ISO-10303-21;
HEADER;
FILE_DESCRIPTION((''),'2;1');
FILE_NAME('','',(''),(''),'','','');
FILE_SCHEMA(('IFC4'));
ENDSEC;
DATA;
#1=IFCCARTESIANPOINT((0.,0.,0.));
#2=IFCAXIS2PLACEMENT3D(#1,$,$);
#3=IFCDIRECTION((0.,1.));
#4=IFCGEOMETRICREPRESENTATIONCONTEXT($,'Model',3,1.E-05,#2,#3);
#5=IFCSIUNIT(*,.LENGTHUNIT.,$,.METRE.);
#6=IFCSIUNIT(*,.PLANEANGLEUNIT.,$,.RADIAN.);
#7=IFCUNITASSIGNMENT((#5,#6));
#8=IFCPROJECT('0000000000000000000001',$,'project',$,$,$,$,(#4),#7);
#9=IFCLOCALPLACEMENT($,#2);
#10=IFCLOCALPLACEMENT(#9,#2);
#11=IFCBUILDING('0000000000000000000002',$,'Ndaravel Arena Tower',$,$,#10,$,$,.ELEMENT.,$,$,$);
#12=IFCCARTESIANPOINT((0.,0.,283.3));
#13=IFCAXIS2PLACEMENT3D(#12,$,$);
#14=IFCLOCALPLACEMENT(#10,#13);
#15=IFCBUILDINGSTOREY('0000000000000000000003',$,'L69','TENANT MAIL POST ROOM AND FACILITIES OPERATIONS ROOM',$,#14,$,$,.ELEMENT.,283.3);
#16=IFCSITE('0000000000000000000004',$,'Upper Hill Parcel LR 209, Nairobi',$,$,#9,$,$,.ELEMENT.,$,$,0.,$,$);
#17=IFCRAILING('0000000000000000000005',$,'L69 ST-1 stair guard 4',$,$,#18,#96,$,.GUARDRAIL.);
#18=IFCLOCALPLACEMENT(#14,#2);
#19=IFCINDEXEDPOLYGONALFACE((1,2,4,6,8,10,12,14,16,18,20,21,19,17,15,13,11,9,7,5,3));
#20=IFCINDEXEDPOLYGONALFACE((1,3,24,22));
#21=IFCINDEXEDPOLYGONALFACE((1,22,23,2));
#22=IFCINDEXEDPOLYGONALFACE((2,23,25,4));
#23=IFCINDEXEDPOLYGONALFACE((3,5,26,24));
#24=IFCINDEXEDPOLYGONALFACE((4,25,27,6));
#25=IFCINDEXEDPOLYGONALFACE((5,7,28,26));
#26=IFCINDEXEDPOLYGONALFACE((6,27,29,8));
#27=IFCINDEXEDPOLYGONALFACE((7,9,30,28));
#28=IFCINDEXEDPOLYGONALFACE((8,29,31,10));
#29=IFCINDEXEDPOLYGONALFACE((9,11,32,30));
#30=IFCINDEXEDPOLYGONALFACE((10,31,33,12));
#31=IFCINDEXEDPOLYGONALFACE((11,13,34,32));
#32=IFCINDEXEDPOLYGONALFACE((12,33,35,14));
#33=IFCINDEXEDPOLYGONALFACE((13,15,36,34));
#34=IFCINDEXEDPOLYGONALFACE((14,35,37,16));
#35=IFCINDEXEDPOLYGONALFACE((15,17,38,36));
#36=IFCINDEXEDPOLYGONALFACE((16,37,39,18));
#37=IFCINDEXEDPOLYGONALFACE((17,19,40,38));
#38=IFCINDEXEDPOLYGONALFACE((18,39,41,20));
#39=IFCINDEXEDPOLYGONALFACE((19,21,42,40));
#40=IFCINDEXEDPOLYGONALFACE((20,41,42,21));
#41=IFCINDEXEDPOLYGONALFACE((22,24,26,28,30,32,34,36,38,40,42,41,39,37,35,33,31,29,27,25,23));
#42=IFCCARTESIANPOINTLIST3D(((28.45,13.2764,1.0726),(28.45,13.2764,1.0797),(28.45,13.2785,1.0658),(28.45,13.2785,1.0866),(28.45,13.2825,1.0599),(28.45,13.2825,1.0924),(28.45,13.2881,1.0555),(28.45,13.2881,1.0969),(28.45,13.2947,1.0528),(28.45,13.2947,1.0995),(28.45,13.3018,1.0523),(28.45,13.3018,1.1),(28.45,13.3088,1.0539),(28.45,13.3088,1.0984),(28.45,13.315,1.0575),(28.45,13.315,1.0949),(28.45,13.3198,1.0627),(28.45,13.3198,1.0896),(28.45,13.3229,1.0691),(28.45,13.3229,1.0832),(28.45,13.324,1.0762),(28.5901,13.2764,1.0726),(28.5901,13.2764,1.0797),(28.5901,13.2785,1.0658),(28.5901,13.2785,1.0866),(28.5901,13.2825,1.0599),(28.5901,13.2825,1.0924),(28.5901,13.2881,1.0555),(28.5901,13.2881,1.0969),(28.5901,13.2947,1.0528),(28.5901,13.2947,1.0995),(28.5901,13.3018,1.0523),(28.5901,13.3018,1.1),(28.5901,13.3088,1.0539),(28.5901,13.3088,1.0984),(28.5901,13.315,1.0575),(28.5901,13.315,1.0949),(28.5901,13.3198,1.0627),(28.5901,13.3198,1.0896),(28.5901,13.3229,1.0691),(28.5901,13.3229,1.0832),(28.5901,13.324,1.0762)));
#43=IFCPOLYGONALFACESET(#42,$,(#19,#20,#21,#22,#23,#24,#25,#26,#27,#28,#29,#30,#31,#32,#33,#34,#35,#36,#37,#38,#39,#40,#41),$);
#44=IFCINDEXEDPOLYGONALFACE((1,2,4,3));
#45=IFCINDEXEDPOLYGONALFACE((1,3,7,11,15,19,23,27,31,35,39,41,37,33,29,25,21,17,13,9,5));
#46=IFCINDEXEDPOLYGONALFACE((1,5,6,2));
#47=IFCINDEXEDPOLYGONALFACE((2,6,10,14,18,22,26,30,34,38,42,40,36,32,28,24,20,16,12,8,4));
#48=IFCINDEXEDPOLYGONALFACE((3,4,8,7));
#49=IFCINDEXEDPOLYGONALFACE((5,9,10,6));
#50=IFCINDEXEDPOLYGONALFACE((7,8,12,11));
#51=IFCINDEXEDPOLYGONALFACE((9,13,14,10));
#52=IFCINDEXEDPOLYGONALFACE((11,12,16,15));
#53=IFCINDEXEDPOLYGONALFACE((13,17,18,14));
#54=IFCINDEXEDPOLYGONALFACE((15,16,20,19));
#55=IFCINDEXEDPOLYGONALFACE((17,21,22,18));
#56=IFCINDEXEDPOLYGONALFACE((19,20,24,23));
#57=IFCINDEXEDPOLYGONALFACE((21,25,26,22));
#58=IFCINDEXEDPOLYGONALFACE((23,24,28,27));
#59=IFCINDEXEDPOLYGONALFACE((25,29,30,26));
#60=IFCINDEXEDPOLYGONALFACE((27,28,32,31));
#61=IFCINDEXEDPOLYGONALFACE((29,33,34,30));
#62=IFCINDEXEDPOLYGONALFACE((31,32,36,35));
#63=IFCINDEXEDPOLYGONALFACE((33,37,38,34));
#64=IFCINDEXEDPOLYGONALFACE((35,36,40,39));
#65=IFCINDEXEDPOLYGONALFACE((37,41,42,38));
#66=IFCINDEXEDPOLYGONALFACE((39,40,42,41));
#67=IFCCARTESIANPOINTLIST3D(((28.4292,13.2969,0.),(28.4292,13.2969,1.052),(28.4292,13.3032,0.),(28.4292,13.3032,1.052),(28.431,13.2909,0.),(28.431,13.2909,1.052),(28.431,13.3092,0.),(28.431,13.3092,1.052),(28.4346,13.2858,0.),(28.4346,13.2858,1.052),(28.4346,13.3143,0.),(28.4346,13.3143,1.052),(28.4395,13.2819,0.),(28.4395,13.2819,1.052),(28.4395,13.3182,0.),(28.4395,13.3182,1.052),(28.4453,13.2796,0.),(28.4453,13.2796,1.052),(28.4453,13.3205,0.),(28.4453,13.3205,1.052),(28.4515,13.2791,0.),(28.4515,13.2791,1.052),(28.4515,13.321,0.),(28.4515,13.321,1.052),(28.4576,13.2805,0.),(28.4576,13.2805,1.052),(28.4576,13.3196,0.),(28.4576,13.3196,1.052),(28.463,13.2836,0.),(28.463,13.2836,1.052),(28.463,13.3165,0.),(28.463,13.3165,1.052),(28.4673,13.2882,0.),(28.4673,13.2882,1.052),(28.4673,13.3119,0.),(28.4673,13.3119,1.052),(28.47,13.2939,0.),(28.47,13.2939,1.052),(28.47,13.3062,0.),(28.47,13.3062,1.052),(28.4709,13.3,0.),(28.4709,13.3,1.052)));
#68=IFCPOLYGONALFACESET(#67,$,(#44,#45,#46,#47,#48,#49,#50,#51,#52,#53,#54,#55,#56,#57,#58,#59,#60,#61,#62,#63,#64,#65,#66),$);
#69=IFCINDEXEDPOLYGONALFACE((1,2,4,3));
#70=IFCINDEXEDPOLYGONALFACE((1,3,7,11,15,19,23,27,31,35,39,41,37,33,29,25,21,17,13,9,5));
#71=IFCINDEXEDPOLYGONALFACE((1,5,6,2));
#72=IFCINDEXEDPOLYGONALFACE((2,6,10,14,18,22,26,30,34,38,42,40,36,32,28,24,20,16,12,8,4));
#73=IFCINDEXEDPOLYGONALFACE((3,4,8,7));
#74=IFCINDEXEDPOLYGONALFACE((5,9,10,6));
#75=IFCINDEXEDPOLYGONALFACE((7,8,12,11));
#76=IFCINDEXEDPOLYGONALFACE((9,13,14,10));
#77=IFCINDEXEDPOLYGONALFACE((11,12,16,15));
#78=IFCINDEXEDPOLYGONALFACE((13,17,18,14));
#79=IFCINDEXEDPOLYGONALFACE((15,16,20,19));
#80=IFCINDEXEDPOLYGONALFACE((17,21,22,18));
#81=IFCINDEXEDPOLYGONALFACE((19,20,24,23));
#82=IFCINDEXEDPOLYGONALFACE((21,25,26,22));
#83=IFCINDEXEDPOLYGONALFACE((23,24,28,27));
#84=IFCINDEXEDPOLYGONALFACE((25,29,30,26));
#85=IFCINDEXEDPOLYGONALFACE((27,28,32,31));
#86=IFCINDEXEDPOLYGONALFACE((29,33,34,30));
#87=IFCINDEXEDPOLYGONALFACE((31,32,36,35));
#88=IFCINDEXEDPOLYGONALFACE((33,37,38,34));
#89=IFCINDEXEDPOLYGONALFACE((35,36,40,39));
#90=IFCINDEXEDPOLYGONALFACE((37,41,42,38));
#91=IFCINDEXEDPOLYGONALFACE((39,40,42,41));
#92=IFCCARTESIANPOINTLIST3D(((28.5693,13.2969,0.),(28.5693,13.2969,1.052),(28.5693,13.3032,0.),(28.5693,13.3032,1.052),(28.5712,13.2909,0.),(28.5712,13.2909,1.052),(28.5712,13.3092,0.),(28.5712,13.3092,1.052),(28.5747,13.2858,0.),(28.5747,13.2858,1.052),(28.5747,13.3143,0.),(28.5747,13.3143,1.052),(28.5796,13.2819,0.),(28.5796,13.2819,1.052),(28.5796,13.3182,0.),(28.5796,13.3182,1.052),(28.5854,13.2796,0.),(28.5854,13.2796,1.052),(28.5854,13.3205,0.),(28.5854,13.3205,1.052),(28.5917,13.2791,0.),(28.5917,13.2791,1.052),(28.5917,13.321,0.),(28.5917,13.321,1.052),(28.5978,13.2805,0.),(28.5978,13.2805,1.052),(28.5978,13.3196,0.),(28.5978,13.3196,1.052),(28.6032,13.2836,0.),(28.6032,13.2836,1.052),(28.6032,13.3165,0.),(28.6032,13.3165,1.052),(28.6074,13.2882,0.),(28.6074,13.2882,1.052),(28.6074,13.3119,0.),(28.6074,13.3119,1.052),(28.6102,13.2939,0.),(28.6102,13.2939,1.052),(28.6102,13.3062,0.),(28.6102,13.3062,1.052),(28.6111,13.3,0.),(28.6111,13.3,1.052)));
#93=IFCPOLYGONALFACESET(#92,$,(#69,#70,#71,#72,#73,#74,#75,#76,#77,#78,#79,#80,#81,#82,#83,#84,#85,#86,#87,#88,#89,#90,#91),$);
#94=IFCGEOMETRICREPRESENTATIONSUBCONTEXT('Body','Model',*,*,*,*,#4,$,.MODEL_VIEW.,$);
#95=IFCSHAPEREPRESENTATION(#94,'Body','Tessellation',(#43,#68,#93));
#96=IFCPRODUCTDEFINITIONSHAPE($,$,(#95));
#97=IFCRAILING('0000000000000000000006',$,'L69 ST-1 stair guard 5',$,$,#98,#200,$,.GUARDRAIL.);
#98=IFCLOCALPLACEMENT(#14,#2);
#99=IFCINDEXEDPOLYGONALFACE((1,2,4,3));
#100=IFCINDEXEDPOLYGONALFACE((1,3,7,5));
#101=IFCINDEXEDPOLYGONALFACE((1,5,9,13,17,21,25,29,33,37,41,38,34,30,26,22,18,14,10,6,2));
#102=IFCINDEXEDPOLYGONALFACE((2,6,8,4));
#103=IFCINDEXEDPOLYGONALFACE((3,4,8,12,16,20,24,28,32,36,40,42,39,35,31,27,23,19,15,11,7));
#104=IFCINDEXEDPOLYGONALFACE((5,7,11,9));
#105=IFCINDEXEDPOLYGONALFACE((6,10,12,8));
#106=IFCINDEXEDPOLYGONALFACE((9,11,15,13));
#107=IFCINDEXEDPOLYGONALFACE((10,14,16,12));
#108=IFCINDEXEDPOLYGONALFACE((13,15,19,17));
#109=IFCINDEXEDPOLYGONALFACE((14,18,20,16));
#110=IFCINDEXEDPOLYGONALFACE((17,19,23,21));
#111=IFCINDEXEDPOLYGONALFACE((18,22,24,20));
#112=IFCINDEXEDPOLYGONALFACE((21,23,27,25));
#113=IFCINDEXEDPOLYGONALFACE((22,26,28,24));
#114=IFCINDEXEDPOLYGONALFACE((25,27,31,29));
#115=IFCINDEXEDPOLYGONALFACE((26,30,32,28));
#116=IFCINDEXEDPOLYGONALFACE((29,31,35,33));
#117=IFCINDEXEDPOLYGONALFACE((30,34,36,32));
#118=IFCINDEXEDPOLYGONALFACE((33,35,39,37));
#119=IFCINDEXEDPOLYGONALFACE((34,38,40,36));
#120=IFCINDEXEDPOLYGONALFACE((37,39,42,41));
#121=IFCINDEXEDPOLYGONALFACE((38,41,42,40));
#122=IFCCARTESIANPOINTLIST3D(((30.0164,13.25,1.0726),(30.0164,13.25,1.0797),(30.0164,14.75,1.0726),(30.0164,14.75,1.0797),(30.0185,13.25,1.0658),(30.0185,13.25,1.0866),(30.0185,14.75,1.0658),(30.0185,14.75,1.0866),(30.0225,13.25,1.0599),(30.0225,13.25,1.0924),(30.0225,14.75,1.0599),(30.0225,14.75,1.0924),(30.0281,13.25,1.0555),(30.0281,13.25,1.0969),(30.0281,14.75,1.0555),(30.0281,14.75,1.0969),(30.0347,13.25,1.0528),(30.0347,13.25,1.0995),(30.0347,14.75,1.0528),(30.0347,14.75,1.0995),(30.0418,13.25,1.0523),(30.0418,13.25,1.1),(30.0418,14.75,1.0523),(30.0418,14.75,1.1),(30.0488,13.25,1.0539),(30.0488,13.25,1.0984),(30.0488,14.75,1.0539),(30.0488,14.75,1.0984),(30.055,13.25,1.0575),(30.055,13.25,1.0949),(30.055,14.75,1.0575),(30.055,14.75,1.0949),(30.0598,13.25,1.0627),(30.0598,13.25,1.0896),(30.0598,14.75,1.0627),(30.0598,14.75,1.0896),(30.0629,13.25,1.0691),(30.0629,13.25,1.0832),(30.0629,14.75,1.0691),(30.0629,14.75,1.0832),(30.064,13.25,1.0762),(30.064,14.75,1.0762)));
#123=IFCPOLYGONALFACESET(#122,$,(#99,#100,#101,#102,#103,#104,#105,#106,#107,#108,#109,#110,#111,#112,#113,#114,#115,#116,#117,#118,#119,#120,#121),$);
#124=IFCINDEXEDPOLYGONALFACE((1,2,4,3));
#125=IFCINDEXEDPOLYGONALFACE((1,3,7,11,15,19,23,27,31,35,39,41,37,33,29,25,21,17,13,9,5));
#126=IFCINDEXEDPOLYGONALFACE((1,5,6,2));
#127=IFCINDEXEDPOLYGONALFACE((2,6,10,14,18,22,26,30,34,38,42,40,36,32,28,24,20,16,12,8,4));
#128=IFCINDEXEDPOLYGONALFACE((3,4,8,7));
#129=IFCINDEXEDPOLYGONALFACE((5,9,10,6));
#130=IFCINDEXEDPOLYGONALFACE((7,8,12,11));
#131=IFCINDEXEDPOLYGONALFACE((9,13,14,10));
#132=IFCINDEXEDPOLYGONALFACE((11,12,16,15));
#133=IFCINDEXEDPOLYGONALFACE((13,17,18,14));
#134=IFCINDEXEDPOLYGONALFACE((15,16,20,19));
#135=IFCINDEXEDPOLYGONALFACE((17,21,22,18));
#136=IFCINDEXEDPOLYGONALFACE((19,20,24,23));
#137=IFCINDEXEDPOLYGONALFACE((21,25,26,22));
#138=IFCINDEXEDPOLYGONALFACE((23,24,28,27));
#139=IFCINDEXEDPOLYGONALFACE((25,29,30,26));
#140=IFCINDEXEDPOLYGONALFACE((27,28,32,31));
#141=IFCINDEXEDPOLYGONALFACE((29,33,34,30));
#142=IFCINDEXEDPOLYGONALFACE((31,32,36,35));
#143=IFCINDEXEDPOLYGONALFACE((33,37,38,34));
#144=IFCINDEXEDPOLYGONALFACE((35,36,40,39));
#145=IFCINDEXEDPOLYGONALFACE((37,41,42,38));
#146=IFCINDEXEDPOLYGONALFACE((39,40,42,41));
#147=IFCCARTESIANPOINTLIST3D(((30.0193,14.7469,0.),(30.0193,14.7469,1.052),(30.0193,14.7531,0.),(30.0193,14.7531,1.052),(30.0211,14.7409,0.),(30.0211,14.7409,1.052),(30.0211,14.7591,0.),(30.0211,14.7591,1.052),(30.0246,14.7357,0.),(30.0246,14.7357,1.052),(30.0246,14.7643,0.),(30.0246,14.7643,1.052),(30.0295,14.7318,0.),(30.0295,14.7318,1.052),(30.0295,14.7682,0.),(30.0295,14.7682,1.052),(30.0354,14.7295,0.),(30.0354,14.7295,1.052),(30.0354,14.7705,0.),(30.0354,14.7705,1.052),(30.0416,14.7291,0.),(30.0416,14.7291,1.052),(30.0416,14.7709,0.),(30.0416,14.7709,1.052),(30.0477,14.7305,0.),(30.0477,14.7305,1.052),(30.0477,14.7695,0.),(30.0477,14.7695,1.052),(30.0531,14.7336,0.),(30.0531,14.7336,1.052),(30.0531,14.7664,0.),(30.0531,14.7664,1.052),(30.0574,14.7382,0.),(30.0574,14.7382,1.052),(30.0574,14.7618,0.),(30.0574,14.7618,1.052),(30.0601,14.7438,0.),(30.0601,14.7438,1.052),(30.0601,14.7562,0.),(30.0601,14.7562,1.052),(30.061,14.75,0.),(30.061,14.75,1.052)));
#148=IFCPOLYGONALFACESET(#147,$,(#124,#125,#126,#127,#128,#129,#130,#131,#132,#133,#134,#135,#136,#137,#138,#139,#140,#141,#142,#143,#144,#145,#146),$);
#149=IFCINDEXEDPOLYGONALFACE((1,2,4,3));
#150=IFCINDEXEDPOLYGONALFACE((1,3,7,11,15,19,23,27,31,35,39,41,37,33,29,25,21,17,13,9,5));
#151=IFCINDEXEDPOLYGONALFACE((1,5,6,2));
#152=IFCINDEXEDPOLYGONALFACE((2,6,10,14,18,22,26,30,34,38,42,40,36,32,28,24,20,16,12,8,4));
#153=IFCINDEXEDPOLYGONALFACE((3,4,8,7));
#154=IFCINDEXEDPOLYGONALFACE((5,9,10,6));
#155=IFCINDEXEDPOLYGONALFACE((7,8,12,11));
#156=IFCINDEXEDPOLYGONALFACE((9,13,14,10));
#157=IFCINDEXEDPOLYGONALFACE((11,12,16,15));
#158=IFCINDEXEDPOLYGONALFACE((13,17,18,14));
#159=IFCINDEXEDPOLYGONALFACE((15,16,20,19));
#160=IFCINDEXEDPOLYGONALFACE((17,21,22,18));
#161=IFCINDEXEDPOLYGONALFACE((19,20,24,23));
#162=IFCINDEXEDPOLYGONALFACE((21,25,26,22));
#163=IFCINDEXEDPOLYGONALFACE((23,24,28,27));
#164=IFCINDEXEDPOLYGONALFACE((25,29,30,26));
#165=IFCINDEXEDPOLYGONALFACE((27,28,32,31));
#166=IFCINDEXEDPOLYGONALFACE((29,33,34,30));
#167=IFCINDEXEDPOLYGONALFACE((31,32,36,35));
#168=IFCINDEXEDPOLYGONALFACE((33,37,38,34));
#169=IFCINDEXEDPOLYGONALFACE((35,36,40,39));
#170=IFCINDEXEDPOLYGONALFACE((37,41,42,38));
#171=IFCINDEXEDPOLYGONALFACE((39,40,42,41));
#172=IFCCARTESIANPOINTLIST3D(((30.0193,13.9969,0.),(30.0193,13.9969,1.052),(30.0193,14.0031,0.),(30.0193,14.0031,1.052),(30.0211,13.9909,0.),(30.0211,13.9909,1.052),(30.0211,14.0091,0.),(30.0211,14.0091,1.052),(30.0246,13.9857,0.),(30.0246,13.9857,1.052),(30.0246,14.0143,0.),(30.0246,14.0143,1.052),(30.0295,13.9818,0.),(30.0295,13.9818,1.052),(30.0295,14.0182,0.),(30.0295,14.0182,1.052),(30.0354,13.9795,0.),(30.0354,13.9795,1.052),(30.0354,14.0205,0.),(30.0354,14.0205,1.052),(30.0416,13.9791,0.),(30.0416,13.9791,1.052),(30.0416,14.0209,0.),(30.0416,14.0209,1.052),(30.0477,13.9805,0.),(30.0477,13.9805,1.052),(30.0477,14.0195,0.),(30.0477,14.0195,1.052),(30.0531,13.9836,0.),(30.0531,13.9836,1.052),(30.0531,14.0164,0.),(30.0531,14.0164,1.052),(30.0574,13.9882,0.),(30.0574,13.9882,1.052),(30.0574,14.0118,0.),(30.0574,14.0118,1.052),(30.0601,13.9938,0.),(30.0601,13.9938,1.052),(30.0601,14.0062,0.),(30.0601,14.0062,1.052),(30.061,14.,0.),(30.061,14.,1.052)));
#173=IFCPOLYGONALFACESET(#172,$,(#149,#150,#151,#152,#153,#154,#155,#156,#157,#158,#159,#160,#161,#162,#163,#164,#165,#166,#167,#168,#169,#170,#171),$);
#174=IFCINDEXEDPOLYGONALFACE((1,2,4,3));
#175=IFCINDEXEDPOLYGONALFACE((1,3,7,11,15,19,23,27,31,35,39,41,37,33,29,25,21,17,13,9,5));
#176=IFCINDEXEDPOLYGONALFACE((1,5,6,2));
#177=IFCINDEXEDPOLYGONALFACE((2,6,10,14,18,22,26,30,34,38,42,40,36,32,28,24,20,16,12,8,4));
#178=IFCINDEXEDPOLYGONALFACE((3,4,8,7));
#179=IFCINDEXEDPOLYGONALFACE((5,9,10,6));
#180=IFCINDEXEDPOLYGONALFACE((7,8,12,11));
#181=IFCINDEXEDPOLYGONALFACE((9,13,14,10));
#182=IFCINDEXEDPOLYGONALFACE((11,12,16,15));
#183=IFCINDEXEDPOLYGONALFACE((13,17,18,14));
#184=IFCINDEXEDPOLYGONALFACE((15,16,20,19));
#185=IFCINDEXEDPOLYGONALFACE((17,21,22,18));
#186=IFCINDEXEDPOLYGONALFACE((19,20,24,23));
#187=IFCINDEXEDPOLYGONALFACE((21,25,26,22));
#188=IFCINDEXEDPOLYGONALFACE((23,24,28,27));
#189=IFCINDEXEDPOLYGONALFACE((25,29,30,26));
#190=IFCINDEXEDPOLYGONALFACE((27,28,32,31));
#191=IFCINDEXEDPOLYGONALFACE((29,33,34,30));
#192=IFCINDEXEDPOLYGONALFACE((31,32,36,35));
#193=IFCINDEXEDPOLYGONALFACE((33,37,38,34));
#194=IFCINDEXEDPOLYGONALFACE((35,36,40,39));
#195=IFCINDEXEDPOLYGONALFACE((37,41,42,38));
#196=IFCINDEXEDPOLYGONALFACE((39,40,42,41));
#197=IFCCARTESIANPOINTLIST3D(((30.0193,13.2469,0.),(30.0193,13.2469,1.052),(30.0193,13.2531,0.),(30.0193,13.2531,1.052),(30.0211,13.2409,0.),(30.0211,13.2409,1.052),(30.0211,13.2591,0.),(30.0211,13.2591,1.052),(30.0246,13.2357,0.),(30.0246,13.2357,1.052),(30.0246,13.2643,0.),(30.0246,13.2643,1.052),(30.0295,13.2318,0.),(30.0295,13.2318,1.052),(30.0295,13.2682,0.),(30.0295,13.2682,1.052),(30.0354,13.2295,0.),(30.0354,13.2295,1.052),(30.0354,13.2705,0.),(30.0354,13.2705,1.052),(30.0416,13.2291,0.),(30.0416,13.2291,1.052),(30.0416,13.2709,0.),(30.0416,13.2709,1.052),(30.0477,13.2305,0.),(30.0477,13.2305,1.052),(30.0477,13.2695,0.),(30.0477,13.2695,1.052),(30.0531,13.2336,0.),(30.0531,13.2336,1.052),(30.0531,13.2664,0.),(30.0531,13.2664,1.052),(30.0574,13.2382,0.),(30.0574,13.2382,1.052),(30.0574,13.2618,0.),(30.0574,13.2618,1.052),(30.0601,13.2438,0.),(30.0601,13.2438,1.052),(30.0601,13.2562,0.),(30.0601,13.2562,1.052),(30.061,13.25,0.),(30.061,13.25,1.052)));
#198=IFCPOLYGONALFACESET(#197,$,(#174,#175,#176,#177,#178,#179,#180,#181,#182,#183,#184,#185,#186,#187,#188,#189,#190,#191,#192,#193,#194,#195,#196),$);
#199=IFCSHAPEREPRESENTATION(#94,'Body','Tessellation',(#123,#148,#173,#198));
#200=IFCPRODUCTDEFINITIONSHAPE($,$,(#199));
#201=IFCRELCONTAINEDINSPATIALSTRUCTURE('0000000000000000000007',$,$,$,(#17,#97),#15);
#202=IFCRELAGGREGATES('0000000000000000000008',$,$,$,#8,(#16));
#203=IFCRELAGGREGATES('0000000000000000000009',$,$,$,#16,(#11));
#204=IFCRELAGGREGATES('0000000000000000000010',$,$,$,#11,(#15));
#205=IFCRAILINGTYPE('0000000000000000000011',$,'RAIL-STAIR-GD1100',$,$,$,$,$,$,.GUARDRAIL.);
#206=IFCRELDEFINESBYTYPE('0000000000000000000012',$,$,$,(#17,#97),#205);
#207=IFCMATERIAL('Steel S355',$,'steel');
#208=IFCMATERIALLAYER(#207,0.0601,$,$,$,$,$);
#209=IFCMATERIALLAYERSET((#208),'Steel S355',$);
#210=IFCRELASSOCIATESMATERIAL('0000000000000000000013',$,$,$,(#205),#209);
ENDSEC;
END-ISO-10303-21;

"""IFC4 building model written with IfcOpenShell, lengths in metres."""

from ifc_helpers import new_model, si_unit, direction, frame, origin, origin_2d, place, context, subcontext, project, spatial, circle, extrude, material, layer, layer_set, type_object, element, save


model = new_model("IFC4")

# Units and contexts
model_context = context("Model", 3, precision=1e-05, world=origin(), true_north=direction((0.0, 1.0)))
body_context = subcontext(model_context, "Body", "Model", "MODEL_VIEW")
ifc_project = project(units=[si_unit("LENGTHUNIT", "METRE"), si_unit("PLANEANGLEUNIT", "RADIAN")], contexts=[model_context])

# Site, building, storey
site_placement = place(None, origin())
site = spatial("IfcSite", under=ifc_project, at=site_placement, Name="Upper Hill Parcel LR 209, Nairobi", CompositionType="ELEMENT", RefElevation=0.0)
building_placement = place(site_placement, origin())
building = spatial("IfcBuilding", under=site, at=building_placement, Name="Ndaravel Arena Tower", CompositionType="ELEMENT")
storey_placement = place(building_placement, frame((0.0, 0.0, 283.3)))
storey = spatial("IfcBuildingStorey", under=building, at=storey_placement, Name="L69", Description="TENANT MAIL POST ROOM AND FACILITIES OPERATIONS ROOM", CompositionType="ELEMENT", Elevation=283.3)

# Railings
ifc_material_1 = material(Name="Steel S355", Category="steel")
ifc_layer_1 = layer(ifc_material_1, 0.0601)
ifc_layer_set_1 = layer_set([ifc_layer_1], Name="Steel S355")
railing_type = type_object("IfcRailingType", Name="RAIL-STAIR-GD1100", PredefinedType="GUARDRAIL", material=ifc_layer_set_1)
railing_1_placement = place(storey_placement, frame((28.45, 13.3, 0.0)))
element("IfcRailing", 1, at=railing_1_placement, inside=storey, type_object=railing_type, Name="L69 ST-1 stair guard 4", PredefinedType="GUARDRAIL", context=body_context, shape_type="SweptSolid", body=[
    extrude(circle(Radius=0.0239, at=origin_2d()), frame((0.0, 0.0, 1.0762), z_axis=(1.0, 0.0, 0.0), x_axis=(0.0, 1.0, 0.0)), (0.0, 0.0, 1.0), 0.1401),
    extrude(circle(Radius=0.021, at=origin_2d()), origin(), (0.0, 0.0, 1.0), 1.052),
    extrude(circle(Radius=0.021, at=origin_2d()), frame((0.1401, 0.0, 0.0)), (0.0, 0.0, 1.0), 1.052),
])
railing_2_placement = place(storey_placement, frame((30.04, 14.75, 0.0)))
element("IfcRailing", 2, at=railing_2_placement, inside=storey, type_object=railing_type, Name="L69 ST-1 stair guard 5", PredefinedType="GUARDRAIL", context=body_context, shape_type="SweptSolid", body=[
    extrude(circle(Radius=0.0239, at=origin_2d()), frame((0.0, 0.0, 1.0762), z_axis=(0.0, -1.0, 0.0), x_axis=(1.0, 0.0, 0.0)), (0.0, 0.0, 1.0), 1.5),
    extrude(circle(Radius=0.021, at=origin_2d()), origin(), (0.0, 0.0, 1.0), 1.052),
    extrude(circle(Radius=0.021, at=origin_2d()), frame((0.0, -0.75, 0.0)), (0.0, 0.0, 1.0), 1.052),
    extrude(circle(Radius=0.021, at=origin_2d()), frame((0.0, -1.5, 0.0)), (0.0, 0.0, 1.0), 1.052),
])

save(model, "model.ifc")
